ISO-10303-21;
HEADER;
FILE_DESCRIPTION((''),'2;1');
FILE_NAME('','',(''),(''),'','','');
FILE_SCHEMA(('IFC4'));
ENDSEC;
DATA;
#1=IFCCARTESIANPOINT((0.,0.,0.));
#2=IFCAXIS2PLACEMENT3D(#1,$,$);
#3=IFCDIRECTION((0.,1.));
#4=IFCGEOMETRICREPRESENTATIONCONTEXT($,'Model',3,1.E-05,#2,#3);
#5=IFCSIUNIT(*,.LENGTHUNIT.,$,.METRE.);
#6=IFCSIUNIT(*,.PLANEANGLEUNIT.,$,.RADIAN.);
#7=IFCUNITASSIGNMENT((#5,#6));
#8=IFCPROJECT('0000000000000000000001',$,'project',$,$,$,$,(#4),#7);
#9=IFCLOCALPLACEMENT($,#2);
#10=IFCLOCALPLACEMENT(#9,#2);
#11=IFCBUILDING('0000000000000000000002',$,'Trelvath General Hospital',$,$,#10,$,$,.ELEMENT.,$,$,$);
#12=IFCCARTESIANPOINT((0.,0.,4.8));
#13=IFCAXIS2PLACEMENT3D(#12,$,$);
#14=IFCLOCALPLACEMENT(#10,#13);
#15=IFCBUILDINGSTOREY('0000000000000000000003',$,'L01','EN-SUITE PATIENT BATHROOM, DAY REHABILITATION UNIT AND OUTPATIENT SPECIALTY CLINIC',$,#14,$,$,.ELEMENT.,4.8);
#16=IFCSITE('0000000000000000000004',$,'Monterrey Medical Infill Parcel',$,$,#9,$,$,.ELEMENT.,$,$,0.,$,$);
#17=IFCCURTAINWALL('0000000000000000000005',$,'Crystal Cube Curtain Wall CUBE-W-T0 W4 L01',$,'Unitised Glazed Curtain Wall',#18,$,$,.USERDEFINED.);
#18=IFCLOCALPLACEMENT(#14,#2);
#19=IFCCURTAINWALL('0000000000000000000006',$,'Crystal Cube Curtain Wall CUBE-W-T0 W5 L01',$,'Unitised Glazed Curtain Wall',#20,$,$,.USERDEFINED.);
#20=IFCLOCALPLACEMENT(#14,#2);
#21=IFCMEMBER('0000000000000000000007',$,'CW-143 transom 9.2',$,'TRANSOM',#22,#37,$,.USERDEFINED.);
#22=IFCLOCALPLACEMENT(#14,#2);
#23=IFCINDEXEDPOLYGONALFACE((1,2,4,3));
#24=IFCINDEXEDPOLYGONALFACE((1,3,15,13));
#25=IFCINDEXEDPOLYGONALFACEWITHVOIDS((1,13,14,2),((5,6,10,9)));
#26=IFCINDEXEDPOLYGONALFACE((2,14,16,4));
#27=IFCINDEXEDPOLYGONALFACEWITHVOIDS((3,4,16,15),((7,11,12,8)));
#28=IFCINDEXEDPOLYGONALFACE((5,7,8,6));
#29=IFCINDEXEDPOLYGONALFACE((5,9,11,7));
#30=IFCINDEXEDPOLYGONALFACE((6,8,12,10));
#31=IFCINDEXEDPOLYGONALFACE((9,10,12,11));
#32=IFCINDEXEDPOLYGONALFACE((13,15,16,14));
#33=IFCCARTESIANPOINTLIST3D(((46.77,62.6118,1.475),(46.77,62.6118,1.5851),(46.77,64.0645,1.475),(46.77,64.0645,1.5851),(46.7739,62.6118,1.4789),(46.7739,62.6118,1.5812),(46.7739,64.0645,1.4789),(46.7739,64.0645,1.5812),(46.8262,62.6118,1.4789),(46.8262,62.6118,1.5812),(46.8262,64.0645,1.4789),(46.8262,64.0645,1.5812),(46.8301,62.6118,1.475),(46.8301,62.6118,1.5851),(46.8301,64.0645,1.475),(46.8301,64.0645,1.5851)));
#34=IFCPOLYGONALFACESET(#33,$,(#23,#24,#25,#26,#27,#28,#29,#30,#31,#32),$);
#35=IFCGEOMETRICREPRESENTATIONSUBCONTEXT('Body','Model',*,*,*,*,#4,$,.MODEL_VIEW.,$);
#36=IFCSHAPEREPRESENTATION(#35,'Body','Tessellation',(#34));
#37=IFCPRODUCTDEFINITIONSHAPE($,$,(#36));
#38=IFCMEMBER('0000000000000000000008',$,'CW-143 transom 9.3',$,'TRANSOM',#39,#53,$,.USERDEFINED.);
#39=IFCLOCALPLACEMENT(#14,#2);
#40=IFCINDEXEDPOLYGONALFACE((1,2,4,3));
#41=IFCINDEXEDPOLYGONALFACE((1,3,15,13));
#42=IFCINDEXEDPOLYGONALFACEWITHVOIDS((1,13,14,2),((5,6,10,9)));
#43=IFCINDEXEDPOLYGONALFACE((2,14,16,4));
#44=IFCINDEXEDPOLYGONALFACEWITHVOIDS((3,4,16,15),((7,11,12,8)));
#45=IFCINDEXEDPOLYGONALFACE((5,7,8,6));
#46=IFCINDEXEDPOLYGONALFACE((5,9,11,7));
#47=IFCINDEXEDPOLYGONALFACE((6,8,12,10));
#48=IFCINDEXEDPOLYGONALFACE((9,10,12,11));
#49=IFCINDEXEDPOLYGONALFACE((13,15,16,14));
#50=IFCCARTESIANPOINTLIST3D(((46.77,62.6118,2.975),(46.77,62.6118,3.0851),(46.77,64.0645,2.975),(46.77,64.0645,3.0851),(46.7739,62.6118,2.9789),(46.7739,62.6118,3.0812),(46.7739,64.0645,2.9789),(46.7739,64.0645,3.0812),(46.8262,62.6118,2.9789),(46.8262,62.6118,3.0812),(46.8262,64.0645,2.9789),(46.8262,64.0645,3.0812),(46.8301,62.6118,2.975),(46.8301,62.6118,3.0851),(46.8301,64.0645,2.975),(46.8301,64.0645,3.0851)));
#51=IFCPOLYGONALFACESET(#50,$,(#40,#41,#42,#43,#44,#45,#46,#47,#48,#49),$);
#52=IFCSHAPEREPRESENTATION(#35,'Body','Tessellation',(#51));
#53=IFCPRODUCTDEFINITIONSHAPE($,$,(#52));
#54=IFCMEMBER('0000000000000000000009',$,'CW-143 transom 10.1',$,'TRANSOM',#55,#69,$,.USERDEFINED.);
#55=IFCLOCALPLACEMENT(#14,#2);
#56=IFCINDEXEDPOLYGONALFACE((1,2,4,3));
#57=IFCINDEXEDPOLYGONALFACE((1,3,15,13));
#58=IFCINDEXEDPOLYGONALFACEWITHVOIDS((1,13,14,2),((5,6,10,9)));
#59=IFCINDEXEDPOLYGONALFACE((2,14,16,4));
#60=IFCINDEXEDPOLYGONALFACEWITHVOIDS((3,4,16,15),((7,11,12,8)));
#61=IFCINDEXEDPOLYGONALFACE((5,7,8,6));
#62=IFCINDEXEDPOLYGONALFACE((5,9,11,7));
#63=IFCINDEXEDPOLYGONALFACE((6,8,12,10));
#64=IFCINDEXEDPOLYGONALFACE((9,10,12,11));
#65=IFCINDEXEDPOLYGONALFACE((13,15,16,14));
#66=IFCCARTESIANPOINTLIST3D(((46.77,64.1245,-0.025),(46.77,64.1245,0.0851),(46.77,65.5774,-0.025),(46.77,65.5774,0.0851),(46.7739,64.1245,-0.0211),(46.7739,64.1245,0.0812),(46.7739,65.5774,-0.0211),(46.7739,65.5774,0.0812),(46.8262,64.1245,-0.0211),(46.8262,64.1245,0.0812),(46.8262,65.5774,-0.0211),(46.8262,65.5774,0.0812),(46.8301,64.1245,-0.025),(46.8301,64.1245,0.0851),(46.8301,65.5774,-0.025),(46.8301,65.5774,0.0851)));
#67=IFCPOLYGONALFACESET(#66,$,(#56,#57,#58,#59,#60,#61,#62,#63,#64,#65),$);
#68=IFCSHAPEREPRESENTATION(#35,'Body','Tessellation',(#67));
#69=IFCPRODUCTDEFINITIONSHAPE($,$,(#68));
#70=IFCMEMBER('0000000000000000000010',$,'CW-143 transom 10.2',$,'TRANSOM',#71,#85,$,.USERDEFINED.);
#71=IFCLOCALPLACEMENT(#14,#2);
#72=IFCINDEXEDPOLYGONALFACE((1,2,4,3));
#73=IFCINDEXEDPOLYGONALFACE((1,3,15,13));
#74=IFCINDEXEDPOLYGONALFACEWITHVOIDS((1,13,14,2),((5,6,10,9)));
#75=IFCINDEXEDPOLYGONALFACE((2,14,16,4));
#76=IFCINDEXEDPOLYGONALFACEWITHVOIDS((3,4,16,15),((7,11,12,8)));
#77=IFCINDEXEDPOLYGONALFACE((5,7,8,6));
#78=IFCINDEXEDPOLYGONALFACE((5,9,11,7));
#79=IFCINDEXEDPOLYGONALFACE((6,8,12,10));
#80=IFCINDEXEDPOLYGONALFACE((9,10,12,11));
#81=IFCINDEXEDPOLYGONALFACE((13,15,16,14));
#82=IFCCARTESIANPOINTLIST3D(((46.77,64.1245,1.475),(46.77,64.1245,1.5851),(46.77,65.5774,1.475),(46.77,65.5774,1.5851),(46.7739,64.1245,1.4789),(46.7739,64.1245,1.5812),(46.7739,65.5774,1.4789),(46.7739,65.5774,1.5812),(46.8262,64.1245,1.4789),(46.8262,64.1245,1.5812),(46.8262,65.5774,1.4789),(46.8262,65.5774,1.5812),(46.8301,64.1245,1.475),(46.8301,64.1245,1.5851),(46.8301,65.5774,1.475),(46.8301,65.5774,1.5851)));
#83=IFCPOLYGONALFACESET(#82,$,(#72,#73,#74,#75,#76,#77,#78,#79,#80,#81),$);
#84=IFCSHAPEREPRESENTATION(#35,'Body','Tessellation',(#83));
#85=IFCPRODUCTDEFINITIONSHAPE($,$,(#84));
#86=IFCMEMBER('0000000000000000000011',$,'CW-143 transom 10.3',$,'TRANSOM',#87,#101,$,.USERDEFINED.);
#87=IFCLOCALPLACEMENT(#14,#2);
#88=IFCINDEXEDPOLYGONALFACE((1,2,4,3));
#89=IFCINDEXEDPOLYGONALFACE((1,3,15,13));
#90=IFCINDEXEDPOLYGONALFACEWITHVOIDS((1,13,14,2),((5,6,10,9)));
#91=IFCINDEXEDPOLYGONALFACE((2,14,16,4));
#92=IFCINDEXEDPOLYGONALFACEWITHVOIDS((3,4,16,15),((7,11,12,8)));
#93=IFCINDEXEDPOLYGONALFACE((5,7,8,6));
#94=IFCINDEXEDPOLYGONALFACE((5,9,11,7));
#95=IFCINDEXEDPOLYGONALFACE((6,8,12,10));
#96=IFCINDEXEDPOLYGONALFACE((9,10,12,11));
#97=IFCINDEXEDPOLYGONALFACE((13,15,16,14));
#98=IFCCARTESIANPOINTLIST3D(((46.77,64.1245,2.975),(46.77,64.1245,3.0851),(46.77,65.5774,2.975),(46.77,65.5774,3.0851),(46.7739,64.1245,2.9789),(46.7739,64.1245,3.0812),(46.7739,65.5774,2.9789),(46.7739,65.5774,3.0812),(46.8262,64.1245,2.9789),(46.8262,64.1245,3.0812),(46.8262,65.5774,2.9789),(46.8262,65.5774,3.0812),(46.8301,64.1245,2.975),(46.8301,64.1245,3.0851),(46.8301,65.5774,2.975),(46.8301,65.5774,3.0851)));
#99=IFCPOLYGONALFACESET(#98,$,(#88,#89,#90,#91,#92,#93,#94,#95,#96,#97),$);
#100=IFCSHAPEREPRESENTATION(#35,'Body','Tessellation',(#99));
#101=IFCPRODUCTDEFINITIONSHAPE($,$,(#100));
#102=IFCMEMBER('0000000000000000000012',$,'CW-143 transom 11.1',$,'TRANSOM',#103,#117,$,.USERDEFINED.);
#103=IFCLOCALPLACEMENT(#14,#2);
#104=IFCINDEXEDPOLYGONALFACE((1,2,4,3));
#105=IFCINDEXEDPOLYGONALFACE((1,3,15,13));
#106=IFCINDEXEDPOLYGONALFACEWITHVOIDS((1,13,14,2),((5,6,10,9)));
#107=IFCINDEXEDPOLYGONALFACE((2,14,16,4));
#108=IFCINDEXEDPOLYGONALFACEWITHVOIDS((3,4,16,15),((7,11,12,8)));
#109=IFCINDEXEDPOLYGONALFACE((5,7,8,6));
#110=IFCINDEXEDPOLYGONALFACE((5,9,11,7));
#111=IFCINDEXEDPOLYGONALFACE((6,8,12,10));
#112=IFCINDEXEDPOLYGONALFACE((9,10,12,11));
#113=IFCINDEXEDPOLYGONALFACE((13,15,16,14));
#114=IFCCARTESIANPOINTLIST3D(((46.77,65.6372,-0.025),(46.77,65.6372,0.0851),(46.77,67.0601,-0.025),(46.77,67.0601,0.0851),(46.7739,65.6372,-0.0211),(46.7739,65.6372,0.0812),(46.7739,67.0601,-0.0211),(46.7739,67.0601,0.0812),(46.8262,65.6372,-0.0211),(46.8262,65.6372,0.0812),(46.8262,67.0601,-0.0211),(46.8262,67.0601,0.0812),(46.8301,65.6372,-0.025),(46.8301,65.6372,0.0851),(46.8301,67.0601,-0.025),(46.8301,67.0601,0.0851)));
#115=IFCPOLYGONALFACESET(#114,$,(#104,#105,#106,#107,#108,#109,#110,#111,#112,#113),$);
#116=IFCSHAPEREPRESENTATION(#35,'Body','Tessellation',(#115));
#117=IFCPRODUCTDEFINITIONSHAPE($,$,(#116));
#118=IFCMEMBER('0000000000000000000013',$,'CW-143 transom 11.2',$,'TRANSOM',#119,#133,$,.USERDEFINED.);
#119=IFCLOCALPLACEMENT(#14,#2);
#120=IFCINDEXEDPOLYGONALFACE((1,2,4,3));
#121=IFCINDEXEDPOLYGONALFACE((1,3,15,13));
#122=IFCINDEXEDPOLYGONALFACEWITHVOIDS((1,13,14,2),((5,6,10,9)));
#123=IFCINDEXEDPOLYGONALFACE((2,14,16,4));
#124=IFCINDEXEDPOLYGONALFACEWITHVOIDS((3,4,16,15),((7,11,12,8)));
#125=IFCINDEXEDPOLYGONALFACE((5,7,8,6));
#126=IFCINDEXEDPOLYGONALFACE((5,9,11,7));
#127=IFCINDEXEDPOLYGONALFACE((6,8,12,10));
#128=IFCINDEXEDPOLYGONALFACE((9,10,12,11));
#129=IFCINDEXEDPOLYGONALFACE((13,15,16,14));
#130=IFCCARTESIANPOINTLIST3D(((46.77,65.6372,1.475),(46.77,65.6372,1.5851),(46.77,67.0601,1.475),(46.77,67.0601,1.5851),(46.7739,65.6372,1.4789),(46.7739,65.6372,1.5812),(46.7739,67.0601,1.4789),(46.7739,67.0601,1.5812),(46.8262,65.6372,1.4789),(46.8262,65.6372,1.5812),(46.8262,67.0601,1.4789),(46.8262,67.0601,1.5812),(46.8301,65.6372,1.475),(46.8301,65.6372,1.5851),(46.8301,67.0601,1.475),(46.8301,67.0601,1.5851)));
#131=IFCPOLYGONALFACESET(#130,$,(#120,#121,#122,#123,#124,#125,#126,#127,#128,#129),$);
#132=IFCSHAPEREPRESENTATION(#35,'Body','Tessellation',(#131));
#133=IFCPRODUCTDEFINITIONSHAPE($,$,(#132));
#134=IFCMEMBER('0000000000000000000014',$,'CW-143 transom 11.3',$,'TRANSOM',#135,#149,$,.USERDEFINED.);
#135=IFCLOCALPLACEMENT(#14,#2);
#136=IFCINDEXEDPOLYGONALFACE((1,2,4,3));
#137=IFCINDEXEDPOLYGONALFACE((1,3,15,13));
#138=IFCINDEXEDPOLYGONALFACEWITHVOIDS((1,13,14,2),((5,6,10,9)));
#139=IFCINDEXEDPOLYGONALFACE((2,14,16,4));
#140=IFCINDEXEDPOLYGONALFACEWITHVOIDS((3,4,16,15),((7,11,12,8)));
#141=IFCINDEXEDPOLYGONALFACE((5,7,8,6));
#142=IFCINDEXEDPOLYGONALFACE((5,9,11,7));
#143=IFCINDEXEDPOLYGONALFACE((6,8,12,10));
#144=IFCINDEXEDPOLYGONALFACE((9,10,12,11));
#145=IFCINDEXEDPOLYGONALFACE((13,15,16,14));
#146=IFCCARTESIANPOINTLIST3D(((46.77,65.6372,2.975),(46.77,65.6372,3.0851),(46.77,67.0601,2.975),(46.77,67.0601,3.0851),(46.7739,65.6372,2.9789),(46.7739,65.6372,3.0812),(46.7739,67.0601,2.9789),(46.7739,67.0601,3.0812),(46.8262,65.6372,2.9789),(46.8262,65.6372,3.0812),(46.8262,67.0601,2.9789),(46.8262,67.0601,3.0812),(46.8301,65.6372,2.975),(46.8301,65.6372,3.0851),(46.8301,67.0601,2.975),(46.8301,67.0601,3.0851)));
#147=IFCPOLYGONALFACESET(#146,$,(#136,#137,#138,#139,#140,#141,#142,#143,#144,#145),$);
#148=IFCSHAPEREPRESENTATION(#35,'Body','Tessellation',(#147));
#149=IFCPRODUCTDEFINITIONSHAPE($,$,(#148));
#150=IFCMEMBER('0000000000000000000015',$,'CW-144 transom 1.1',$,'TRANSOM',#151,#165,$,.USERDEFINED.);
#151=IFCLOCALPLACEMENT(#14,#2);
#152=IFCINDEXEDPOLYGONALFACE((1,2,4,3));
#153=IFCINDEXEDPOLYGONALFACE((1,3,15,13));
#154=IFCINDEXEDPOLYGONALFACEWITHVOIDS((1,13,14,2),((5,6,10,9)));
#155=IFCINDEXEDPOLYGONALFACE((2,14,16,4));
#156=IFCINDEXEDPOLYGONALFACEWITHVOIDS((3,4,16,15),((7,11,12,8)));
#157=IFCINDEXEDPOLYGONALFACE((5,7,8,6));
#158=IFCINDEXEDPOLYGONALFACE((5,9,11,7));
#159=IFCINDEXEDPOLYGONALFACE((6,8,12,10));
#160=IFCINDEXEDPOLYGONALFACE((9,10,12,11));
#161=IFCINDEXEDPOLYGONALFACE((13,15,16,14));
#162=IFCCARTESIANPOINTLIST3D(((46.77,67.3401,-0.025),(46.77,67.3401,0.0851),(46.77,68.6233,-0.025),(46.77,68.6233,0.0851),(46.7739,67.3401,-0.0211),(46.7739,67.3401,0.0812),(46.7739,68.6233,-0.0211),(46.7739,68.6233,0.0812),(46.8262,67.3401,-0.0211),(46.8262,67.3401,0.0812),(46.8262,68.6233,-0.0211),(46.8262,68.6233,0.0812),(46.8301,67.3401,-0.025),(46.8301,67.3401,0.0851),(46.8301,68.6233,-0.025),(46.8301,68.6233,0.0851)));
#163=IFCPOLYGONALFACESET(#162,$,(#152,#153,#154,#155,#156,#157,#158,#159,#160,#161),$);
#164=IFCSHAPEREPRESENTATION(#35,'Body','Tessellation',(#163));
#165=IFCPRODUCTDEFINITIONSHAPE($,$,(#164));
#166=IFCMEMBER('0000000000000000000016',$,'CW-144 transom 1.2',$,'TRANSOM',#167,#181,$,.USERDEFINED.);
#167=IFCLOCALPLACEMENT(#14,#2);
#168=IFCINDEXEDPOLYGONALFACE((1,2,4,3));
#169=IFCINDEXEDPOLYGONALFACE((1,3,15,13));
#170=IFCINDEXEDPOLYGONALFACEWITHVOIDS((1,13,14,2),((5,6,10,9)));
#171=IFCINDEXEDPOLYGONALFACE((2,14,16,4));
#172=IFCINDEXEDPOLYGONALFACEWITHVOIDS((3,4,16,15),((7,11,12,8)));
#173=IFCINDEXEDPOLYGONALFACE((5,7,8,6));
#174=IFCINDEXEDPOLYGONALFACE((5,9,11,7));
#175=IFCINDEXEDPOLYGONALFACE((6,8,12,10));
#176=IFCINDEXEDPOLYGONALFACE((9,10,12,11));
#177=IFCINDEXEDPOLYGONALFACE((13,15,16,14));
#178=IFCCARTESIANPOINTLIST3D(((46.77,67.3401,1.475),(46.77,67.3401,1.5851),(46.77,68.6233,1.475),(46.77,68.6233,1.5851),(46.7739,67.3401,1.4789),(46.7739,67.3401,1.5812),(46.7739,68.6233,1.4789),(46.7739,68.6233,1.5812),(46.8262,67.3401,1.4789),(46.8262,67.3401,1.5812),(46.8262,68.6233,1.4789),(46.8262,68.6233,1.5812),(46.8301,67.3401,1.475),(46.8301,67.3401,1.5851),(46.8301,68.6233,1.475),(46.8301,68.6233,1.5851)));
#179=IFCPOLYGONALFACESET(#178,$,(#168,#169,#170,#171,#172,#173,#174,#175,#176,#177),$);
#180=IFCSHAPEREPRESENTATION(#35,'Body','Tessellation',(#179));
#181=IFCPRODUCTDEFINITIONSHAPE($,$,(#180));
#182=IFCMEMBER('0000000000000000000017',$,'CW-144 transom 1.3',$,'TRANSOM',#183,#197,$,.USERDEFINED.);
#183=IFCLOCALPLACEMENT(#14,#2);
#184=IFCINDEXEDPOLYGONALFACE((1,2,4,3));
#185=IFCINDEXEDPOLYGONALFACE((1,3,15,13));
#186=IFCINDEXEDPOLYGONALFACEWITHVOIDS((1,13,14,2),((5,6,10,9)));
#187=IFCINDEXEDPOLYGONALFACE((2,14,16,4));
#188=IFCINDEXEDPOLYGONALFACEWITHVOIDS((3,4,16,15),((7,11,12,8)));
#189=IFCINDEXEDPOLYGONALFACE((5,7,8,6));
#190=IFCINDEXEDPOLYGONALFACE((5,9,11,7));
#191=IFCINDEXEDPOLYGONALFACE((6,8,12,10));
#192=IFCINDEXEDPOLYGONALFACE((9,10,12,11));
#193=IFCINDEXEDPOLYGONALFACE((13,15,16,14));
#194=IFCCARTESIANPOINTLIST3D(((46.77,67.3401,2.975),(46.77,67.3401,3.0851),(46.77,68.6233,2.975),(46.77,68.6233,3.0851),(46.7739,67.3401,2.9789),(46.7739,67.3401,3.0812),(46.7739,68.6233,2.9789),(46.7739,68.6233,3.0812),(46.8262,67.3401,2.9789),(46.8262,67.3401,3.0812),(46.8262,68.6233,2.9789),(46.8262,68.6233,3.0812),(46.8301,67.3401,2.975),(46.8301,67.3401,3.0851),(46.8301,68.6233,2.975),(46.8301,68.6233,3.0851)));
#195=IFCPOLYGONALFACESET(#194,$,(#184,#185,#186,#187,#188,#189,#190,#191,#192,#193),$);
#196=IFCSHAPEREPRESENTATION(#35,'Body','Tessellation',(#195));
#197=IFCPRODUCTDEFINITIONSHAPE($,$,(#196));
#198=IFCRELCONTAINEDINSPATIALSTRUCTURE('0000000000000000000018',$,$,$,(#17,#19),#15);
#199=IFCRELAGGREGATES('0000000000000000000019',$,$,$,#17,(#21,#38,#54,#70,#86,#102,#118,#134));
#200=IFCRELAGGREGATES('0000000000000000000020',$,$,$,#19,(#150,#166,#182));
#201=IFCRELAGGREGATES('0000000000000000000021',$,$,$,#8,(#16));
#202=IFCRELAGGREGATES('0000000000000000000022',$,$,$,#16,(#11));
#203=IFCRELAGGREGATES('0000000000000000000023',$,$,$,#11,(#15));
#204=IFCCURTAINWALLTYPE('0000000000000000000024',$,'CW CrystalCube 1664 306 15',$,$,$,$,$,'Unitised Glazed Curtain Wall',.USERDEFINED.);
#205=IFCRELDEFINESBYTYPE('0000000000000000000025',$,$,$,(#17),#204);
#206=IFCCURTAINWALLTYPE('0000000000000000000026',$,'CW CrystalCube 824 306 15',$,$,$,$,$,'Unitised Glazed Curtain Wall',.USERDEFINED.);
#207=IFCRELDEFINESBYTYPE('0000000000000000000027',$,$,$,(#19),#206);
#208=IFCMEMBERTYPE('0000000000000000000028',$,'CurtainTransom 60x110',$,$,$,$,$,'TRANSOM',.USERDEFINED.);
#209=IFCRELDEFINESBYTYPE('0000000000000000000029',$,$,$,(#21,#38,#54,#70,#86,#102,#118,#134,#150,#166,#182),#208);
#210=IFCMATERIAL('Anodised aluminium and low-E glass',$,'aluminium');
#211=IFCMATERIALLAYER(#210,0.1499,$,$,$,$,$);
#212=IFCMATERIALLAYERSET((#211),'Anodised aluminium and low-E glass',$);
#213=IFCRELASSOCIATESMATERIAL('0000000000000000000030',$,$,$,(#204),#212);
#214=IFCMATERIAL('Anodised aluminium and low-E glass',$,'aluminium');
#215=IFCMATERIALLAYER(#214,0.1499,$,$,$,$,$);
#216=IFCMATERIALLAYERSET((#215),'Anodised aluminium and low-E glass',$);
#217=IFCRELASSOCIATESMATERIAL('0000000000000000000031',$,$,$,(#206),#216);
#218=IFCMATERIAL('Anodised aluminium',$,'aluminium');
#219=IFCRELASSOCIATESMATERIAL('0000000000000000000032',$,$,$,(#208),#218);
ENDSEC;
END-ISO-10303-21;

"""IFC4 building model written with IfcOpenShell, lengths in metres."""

from ifc_helpers import new_model, si_unit, direction, frame, origin, origin_2d, place, context, subcontext, project, spatial, hollow_rectangle, extrude, material, layer, layer_set, material_profile, profile_set, type_object, element, aggregate, save


model = new_model("IFC4")

# Units and contexts
model_context = context("Model", 3, precision=1e-05, world=origin(), true_north=direction((0.0, 1.0)))
body_context = subcontext(model_context, "Body", "Model", "MODEL_VIEW")
ifc_project = project(units=[si_unit("LENGTHUNIT", "METRE"), si_unit("PLANEANGLEUNIT", "RADIAN")], contexts=[model_context])

# Site, building, storey
site_placement = place(None, origin())
site = spatial("IfcSite", under=ifc_project, at=site_placement, Name="Monterrey Medical Infill Parcel", CompositionType="ELEMENT", RefElevation=0.0)
building_placement = place(site_placement, origin())
building = spatial("IfcBuilding", under=site, at=building_placement, Name="Trelvath General Hospital", CompositionType="ELEMENT")
storey_placement = place(building_placement, frame((0.0, 0.0, 4.8)))
storey = spatial("IfcBuildingStorey", under=building, at=storey_placement, Name="L01", Description="EN-SUITE PATIENT BATHROOM, DAY REHABILITATION UNIT AND OUTPATIENT SPECIALTY CLINIC", CompositionType="ELEMENT", Elevation=4.8)

# Curtain wall
ifc_material_1 = material(Name="Anodised aluminium and low-E glass", Category="aluminium")
ifc_layer_1 = layer(ifc_material_1, 0.1499)
ifc_layer_set_1 = layer_set([ifc_layer_1], Name="Anodised aluminium and low-E glass")
curtain_wall_type_1 = type_object("IfcCurtainWallType", Name="CW CrystalCube 1664 306 15", ElementType="Unitised Glazed Curtain Wall", PredefinedType="USERDEFINED", material=ifc_layer_set_1)
curtain_wall_1_placement = place(storey_placement, origin())
curtain_wall_1 = element("IfcCurtainWall", 1, at=curtain_wall_1_placement, inside=storey, type_object=curtain_wall_type_1, Name="Crystal Cube Curtain Wall CUBE-W-T0 W4 L01", ObjectType="Unitised Glazed Curtain Wall", PredefinedType="USERDEFINED")

# Curtain wall
ifc_material_2 = material(Name="Anodised aluminium and low-E glass", Category="aluminium")
ifc_layer_2 = layer(ifc_material_2, 0.1499)
ifc_layer_set_2 = layer_set([ifc_layer_2], Name="Anodised aluminium and low-E glass")
curtain_wall_type_2 = type_object("IfcCurtainWallType", Name="CW CrystalCube 824 306 15", ElementType="Unitised Glazed Curtain Wall", PredefinedType="USERDEFINED", material=ifc_layer_set_2)
curtain_wall_2_placement = place(storey_placement, origin())
curtain_wall_2 = element("IfcCurtainWall", 2, at=curtain_wall_2_placement, inside=storey, type_object=curtain_wall_type_2, Name="Crystal Cube Curtain Wall CUBE-W-T0 W5 L01", ObjectType="Unitised Glazed Curtain Wall", PredefinedType="USERDEFINED")

# Members
ifc_material_3 = material(Name="Anodised aluminium", Category="aluminium")
ifc_material_profile_1 = material_profile(ifc_material_3, hollow_rectangle(XDim=0.0601, YDim=0.1101, WallThickness=0.0039, at=origin_2d()), Name="RHS60x110x4")
ifc_profile_set_1 = profile_set([ifc_material_profile_1], Name="Anodised aluminium")
member_type_1 = type_object("IfcMemberType", Name="CurtainTransom 60x110", ElementType="TRANSOM", PredefinedType="USERDEFINED", material=ifc_profile_set_1)
member_1_placement = place(storey_placement, frame((46.8, 62.6118, 1.53), z_axis=(0.0, 1.0, 0.0), x_axis=(-1.0, 0.0, 0.0)))
member_1 = element("IfcMember", 3, at=member_1_placement, type_object=member_type_1, Name="CW-143 transom 9.2", ObjectType="TRANSOM", PredefinedType="USERDEFINED", context=body_context, shape_type="SweptSolid", body=[
    extrude(hollow_rectangle(XDim=0.0601, YDim=0.1101, WallThickness=0.0039, at=origin_2d()), origin(), (0.0, 0.0, 1.0), 1.4526),
])
member_2_placement = place(storey_placement, frame((46.8, 62.6118, 3.03), z_axis=(0.0, 1.0, 0.0), x_axis=(-1.0, 0.0, 0.0)))
member_2 = element("IfcMember", 4, at=member_2_placement, type_object=member_type_1, Name="CW-143 transom 9.3", ObjectType="TRANSOM", PredefinedType="USERDEFINED", context=body_context, shape_type="SweptSolid", body=[
    extrude(hollow_rectangle(XDim=0.0601, YDim=0.1101, WallThickness=0.0039, at=origin_2d()), origin(), (0.0, 0.0, 1.0), 1.4526),
])
member_3_placement = place(storey_placement, frame((46.8, 64.1245, 0.03), z_axis=(0.0, 1.0, 0.0), x_axis=(-1.0, 0.0, 0.0)))
member_3 = element("IfcMember", 5, at=member_3_placement, type_object=member_type_1, Name="CW-143 transom 10.1", ObjectType="TRANSOM", PredefinedType="USERDEFINED", context=body_context, shape_type="SweptSolid", body=[
    extrude(hollow_rectangle(XDim=0.0601, YDim=0.1101, WallThickness=0.0039, at=origin_2d()), origin(), (0.0, 0.0, 1.0), 1.4529),
])
member_4_placement = place(storey_placement, frame((46.8, 64.1245, 1.53), z_axis=(0.0, 1.0, 0.0), x_axis=(-1.0, 0.0, 0.0)))
member_4 = element("IfcMember", 6, at=member_4_placement, type_object=member_type_1, Name="CW-143 transom 10.2", ObjectType="TRANSOM", PredefinedType="USERDEFINED", context=body_context, shape_type="SweptSolid", body=[
    extrude(hollow_rectangle(XDim=0.0601, YDim=0.1101, WallThickness=0.0039, at=origin_2d()), origin(), (0.0, 0.0, 1.0), 1.4529),
])
member_5_placement = place(storey_placement, frame((46.8, 64.1245, 3.03), z_axis=(0.0, 1.0, 0.0), x_axis=(-1.0, 0.0, 0.0)))
member_5 = element("IfcMember", 7, at=member_5_placement, type_object=member_type_1, Name="CW-143 transom 10.3", ObjectType="TRANSOM", PredefinedType="USERDEFINED", context=body_context, shape_type="SweptSolid", body=[
    extrude(hollow_rectangle(XDim=0.0601, YDim=0.1101, WallThickness=0.0039, at=origin_2d()), origin(), (0.0, 0.0, 1.0), 1.4529),
])
member_6_placement = place(storey_placement, frame((46.8, 65.6372, 0.03), z_axis=(0.0, 1.0, 0.0), x_axis=(-1.0, 0.0, 0.0)))
member_6 = element("IfcMember", 8, at=member_6_placement, type_object=member_type_1, Name="CW-143 transom 11.1", ObjectType="TRANSOM", PredefinedType="USERDEFINED", context=body_context, shape_type="SweptSolid", body=[
    extrude(hollow_rectangle(XDim=0.0601, YDim=0.1101, WallThickness=0.0039, at=origin_2d()), origin(), (0.0, 0.0, 1.0), 1.4229),
])
member_7_placement = place(storey_placement, frame((46.8, 65.6372, 1.53), z_axis=(0.0, 1.0, 0.0), x_axis=(-1.0, 0.0, 0.0)))
member_7 = element("IfcMember", 9, at=member_7_placement, type_object=member_type_1, Name="CW-143 transom 11.2", ObjectType="TRANSOM", PredefinedType="USERDEFINED", context=body_context, shape_type="SweptSolid", body=[
    extrude(hollow_rectangle(XDim=0.0601, YDim=0.1101, WallThickness=0.0039, at=origin_2d()), origin(), (0.0, 0.0, 1.0), 1.4229),
])
member_8_placement = place(storey_placement, frame((46.8, 65.6372, 3.03), z_axis=(0.0, 1.0, 0.0), x_axis=(-1.0, 0.0, 0.0)))
member_8 = element("IfcMember", 10, at=member_8_placement, type_object=member_type_1, Name="CW-143 transom 11.3", ObjectType="TRANSOM", PredefinedType="USERDEFINED", context=body_context, shape_type="SweptSolid", body=[
    extrude(hollow_rectangle(XDim=0.0601, YDim=0.1101, WallThickness=0.0039, at=origin_2d()), origin(), (0.0, 0.0, 1.0), 1.4229),
])
member_9_placement = place(storey_placement, frame((46.8, 67.3401, 0.03), z_axis=(0.0, 1.0, 0.0), x_axis=(-1.0, 0.0, 0.0)))
member_9 = element("IfcMember", 11, at=member_9_placement, type_object=member_type_1, Name="CW-144 transom 1.1", ObjectType="TRANSOM", PredefinedType="USERDEFINED", context=body_context, shape_type="SweptSolid", body=[
    extrude(hollow_rectangle(XDim=0.0601, YDim=0.1101, WallThickness=0.0039, at=origin_2d()), origin(), (0.0, 0.0, 1.0), 1.2832),
])
member_10_placement = place(storey_placement, frame((46.8, 67.3401, 1.53), z_axis=(0.0, 1.0, 0.0), x_axis=(-1.0, 0.0, 0.0)))
member_10 = element("IfcMember", 12, at=member_10_placement, type_object=member_type_1, Name="CW-144 transom 1.2", ObjectType="TRANSOM", PredefinedType="USERDEFINED", context=body_context, shape_type="SweptSolid", body=[
    extrude(hollow_rectangle(XDim=0.0601, YDim=0.1101, WallThickness=0.0039, at=origin_2d()), origin(), (0.0, 0.0, 1.0), 1.2832),
])
member_11_placement = place(storey_placement, frame((46.8, 67.3401, 3.03), z_axis=(0.0, 1.0, 0.0), x_axis=(-1.0, 0.0, 0.0)))
member_11 = element("IfcMember", 13, at=member_11_placement, type_object=member_type_1, Name="CW-144 transom 1.3", ObjectType="TRANSOM", PredefinedType="USERDEFINED", context=body_context, shape_type="SweptSolid", body=[
    extrude(hollow_rectangle(XDim=0.0601, YDim=0.1101, WallThickness=0.0039, at=origin_2d()), origin(), (0.0, 0.0, 1.0), 1.2832),
])

aggregate(curtain_wall_1, [member_1, member_2, member_3, member_4, member_5, member_6, member_7, member_8])
aggregate(curtain_wall_2, [member_9, member_10, member_11])

save(model, "model.ifc")
